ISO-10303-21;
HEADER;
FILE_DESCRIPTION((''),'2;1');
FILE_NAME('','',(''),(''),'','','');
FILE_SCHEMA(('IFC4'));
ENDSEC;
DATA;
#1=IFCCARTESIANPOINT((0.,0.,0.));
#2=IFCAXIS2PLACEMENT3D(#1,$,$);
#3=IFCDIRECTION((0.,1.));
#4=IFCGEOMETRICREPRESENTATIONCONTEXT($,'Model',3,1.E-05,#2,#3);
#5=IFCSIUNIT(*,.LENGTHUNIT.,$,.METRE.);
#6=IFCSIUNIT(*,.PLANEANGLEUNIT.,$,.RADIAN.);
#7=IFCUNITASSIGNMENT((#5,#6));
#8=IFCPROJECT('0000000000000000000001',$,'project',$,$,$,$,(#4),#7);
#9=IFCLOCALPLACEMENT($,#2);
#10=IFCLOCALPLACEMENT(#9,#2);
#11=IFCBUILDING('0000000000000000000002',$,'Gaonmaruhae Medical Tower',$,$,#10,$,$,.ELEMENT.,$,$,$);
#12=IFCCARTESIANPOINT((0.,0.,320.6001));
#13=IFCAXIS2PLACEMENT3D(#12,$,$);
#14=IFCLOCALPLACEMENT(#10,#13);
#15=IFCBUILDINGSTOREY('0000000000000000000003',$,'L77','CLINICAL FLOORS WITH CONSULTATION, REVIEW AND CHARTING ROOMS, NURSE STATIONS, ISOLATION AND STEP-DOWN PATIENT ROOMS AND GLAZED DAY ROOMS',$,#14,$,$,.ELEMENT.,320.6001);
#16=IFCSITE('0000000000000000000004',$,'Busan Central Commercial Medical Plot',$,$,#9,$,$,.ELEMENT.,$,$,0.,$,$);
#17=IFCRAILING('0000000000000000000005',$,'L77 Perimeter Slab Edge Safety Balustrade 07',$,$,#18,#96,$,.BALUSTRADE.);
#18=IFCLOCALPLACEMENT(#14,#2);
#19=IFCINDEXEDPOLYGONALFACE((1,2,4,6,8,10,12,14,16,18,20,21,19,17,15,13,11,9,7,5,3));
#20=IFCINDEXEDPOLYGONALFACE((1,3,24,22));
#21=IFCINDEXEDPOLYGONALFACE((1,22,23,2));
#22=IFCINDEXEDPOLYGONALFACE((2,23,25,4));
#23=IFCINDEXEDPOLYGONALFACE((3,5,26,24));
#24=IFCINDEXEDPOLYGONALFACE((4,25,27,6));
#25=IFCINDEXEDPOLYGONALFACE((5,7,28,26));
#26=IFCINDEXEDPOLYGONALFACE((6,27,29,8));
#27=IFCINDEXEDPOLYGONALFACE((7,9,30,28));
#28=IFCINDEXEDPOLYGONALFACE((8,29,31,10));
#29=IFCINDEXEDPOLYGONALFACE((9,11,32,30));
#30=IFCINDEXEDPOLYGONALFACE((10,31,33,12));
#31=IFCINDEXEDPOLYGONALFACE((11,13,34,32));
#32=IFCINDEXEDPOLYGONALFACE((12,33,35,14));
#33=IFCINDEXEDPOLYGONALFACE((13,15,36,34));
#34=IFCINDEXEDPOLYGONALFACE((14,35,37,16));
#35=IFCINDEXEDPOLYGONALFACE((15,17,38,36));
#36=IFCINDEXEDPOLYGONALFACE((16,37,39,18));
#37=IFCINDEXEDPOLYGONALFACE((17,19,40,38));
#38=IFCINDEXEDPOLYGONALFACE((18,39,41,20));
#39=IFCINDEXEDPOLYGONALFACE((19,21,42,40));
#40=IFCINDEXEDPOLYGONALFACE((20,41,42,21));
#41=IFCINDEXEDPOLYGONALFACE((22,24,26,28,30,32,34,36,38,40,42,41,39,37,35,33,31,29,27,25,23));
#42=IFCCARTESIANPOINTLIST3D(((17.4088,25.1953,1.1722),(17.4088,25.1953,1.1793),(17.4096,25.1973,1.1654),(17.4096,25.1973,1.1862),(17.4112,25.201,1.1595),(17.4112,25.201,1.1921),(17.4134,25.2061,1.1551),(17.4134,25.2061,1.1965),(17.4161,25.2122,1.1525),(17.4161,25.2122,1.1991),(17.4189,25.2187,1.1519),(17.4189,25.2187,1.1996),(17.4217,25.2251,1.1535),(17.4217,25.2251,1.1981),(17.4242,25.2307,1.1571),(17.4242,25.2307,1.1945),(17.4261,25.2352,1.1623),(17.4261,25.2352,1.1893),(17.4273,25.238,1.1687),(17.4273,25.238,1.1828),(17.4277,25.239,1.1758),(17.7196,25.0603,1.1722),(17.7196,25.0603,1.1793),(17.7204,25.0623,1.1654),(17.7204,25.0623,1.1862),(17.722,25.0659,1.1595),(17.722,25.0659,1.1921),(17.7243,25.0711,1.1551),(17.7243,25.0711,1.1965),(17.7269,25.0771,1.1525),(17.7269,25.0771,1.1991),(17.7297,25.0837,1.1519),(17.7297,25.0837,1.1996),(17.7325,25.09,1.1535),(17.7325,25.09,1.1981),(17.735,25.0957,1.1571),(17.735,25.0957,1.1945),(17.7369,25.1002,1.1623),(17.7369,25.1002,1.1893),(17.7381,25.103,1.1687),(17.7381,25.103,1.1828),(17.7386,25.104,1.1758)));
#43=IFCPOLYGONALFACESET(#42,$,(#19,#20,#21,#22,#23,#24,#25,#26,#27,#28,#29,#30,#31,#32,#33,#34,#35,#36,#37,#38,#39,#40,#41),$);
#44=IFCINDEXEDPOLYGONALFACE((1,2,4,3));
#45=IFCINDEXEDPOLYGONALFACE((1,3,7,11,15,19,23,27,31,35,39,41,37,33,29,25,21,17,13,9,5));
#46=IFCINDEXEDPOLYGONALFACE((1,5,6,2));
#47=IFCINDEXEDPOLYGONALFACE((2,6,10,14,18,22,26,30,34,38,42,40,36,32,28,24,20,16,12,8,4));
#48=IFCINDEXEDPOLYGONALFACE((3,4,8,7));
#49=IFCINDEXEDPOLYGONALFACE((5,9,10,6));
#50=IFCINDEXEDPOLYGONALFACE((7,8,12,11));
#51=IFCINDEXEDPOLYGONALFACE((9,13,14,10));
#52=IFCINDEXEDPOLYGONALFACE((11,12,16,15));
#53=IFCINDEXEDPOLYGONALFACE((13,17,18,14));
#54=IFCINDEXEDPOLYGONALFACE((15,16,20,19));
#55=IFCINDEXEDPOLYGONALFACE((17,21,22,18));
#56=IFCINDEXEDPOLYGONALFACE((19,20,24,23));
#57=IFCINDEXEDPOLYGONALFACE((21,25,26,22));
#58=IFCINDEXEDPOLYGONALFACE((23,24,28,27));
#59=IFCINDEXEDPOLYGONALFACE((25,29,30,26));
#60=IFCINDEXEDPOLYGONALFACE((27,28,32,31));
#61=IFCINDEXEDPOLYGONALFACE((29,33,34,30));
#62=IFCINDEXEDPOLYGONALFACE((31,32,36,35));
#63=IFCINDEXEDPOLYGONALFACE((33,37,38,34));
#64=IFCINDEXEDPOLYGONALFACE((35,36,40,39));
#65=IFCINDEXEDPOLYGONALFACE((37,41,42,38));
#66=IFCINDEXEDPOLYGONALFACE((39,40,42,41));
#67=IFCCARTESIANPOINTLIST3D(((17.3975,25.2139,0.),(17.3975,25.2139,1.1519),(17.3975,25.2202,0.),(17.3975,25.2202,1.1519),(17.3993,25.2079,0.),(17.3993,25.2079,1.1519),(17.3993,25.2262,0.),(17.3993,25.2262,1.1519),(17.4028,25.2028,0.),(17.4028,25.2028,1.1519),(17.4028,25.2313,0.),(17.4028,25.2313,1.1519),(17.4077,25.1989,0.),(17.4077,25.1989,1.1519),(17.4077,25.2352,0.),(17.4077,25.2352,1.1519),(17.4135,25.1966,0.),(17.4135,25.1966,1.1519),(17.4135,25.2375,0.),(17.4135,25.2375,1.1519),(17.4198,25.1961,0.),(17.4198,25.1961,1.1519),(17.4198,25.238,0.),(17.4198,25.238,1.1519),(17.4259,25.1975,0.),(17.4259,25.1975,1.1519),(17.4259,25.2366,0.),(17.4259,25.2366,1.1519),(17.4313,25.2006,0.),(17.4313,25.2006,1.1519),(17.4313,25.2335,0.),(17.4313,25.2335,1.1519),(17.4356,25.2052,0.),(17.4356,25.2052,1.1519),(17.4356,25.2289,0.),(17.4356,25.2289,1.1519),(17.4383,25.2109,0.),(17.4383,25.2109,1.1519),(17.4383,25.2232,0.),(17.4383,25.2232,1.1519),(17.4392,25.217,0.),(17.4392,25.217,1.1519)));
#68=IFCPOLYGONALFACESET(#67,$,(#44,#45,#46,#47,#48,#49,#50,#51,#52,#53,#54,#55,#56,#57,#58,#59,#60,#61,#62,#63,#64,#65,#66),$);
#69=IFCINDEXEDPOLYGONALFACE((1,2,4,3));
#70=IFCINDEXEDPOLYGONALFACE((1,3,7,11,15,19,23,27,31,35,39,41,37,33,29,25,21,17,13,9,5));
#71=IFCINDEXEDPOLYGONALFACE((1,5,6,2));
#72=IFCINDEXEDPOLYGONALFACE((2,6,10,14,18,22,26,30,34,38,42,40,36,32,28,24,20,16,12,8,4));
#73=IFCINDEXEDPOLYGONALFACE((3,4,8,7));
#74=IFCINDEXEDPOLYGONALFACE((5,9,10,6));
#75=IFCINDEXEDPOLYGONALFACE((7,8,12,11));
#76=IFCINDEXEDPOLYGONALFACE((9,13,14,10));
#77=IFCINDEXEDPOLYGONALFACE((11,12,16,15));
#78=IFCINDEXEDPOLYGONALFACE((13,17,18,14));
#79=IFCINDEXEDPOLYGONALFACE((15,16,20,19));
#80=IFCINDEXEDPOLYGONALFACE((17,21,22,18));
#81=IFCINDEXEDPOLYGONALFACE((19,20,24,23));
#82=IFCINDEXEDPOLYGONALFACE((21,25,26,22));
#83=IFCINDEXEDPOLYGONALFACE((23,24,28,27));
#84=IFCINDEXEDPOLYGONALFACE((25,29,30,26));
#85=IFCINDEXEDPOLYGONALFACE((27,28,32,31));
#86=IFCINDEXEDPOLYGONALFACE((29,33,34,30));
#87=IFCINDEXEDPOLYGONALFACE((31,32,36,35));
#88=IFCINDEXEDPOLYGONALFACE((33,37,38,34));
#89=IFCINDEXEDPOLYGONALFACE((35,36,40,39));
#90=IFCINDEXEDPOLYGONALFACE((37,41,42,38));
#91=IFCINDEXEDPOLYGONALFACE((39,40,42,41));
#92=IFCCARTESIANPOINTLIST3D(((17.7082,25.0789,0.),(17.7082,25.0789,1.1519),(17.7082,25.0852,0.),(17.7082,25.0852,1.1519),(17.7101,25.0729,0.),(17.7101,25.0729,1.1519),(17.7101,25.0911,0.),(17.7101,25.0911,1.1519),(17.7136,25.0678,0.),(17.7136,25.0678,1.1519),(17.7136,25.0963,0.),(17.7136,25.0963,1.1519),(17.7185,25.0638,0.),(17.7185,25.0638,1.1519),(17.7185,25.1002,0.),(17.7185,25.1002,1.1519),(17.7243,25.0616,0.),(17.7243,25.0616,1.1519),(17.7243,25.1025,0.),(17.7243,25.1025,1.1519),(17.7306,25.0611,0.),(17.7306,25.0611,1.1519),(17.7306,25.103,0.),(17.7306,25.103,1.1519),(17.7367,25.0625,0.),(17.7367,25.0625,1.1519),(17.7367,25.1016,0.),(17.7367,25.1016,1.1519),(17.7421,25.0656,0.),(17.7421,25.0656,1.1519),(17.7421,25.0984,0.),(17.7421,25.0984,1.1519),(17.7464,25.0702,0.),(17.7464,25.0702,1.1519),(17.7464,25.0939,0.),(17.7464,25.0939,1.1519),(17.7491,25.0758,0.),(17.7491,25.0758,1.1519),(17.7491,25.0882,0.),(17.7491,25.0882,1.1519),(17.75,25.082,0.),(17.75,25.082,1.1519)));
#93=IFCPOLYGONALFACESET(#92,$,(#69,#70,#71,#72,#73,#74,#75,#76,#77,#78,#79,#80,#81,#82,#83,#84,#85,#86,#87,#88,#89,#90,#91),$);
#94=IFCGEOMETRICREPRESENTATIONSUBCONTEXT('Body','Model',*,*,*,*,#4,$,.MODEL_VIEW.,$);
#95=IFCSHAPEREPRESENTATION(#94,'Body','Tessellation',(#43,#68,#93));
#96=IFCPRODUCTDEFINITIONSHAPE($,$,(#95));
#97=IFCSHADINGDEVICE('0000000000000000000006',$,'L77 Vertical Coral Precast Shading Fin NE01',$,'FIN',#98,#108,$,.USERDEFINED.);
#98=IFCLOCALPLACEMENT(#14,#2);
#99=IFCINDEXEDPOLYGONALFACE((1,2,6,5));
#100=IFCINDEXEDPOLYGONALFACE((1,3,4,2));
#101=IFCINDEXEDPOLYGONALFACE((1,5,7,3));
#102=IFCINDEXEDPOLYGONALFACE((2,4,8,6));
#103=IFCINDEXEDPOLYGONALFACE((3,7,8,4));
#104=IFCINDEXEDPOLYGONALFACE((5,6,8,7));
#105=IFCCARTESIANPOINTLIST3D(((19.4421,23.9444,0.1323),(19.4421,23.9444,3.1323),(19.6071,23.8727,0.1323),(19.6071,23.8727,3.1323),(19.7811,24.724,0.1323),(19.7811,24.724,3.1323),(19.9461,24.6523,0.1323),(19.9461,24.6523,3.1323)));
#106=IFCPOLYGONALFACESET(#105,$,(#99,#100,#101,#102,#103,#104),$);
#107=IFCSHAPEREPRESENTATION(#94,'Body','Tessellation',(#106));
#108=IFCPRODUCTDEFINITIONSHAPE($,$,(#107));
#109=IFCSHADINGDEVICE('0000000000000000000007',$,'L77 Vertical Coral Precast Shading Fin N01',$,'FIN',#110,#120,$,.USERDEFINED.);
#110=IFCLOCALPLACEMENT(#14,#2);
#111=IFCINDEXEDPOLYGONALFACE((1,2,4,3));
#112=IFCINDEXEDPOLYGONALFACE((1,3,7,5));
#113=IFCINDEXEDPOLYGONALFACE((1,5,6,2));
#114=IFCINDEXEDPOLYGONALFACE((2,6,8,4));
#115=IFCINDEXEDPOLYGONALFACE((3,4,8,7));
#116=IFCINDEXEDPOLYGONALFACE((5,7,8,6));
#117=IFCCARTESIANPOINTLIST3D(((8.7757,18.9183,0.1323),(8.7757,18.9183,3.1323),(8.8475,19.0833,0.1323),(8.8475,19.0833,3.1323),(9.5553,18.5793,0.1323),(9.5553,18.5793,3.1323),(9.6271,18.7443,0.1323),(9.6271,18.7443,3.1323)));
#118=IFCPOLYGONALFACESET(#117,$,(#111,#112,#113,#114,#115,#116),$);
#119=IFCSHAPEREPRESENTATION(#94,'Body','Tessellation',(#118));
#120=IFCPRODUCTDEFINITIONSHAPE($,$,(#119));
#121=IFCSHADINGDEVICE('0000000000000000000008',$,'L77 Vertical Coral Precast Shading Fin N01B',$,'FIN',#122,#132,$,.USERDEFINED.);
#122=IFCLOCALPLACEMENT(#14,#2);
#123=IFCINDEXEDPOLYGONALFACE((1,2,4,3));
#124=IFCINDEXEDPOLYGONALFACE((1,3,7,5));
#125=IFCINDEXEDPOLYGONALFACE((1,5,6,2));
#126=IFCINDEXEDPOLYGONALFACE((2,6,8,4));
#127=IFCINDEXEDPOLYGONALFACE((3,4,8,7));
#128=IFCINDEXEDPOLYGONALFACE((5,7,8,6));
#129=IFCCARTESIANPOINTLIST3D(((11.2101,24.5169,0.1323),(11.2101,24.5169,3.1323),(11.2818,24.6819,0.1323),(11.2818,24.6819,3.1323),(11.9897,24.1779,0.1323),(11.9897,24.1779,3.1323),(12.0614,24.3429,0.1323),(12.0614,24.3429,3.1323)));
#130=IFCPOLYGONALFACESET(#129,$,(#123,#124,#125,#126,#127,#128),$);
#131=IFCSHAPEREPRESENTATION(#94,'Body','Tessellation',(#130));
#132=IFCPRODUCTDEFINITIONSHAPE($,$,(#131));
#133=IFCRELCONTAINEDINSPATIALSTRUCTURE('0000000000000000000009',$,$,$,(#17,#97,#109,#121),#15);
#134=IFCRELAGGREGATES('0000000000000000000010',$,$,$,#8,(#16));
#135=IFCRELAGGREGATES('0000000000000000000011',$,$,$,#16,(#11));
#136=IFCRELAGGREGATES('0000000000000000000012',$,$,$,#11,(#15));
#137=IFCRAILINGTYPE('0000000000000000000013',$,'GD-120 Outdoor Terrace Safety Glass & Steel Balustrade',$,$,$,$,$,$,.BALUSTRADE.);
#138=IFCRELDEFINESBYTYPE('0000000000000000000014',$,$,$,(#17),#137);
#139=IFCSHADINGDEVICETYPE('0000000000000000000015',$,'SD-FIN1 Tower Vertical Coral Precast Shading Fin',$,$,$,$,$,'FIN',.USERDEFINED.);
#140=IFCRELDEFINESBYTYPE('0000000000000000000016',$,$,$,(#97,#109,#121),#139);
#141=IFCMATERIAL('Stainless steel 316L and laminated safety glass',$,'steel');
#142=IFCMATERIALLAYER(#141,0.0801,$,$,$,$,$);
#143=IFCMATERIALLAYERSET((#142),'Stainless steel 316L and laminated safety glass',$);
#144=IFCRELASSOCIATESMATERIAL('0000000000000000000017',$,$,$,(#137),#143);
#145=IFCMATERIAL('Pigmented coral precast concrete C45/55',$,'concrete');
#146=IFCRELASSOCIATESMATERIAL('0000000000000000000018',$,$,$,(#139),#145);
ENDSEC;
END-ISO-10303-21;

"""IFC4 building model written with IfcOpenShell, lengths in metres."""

from ifc_helpers import new_model, si_unit, direction, frame, origin, origin_2d, place, context, subcontext, project, spatial, rectangle, circle, extrude, material, layer, layer_set, type_object, element, save


model = new_model("IFC4")

# Units and contexts
model_context = context("Model", 3, precision=1e-05, world=origin(), true_north=direction((0.0, 1.0)))
body_context = subcontext(model_context, "Body", "Model", "MODEL_VIEW")
ifc_project = project(units=[si_unit("LENGTHUNIT", "METRE"), si_unit("PLANEANGLEUNIT", "RADIAN")], contexts=[model_context])

# Site, building, storey
site_placement = place(None, origin())
site = spatial("IfcSite", under=ifc_project, at=site_placement, Name="Busan Central Commercial Medical Plot", CompositionType="ELEMENT", RefElevation=0.0)
building_placement = place(site_placement, origin())
building = spatial("IfcBuilding", under=site, at=building_placement, Name="Gaonmaruhae Medical Tower", CompositionType="ELEMENT")
storey_placement = place(building_placement, frame((0.0, 0.0, 320.6001)))
storey = spatial("IfcBuildingStorey", under=building, at=storey_placement, Name="L77", Description="CLINICAL FLOORS WITH CONSULTATION, REVIEW AND CHARTING ROOMS, NURSE STATIONS, ISOLATION AND STEP-DOWN PATIENT ROOMS AND GLAZED DAY ROOMS", CompositionType="ELEMENT", Elevation=320.6001)

# Railing
ifc_material_1 = material(Name="Stainless steel 316L and laminated safety glass", Category="steel")
ifc_layer_1 = layer(ifc_material_1, 0.0801)
ifc_layer_set_1 = layer_set([ifc_layer_1], Name="Stainless steel 316L and laminated safety glass")
railing_type = type_object("IfcRailingType", Name="GD-120 Outdoor Terrace Safety Glass & Steel Balustrade", PredefinedType="BALUSTRADE", material=ifc_layer_set_1)
railing_placement = place(storey_placement, frame((17.4182, 25.217, 0.0)))
element("IfcRailing", 1, at=railing_placement, inside=storey, type_object=railing_type, Name="L77 Perimeter Slab Edge Safety Balustrade 07", PredefinedType="BALUSTRADE", context=body_context, shape_type="SweptSolid", body=[
    extrude(circle(Radius=0.0239, at=origin_2d()), frame((0.0, 0.0, 1.1758), z_axis=(0.917196, -0.398436, 0.0), x_axis=(0.398436, 0.917196, 0.0)), (0.0, 0.0, 1.0), 0.3389),
    extrude(circle(Radius=0.021, at=origin_2d()), origin(), (0.0, 0.0, 1.0), 1.1519),
    extrude(circle(Radius=0.021, at=origin_2d()), frame((0.3108, -0.135, 0.0)), (0.0, 0.0, 1.0), 1.1519),
])

# Shading devices
ifc_material_2 = material(Name="Pigmented coral precast concrete C45/55", Category="concrete")
shading_device_type = type_object("IfcShadingDeviceType", Name="SD-FIN1 Tower Vertical Coral Precast Shading Fin", ElementType="FIN", PredefinedType="USERDEFINED", material=ifc_material_2)
for number, where, z_axis, x_axis, name in (
    (2, (19.6941, 24.2983, 0.1323), (0.0, 0.0, 1.0), (0.91706, -0.398749, 0.0), "L77 Vertical Coral Precast Shading Fin NE01"),
    (3, (9.2014, 18.8313, 0.1323), (0.0, 0.0, 1.0), (0.398749, 0.91706, 0.0), "L77 Vertical Coral Precast Shading Fin N01"),
    (4, (11.6357, 24.4299, 0.1323), (0.0, 0.0, 1.0), (0.398749, 0.91706, 0.0), "L77 Vertical Coral Precast Shading Fin N01B"),
):
    element("IfcShadingDevice", number, at=place(storey_placement, frame(where, z_axis=z_axis, x_axis=x_axis)), inside=storey, type_object=shading_device_type, Name=name, ObjectType="FIN", PredefinedType="USERDEFINED", context=body_context, shape_type="SweptSolid", body=[
        extrude(rectangle(XDim=0.1799, YDim=0.8501, at=origin_2d()), origin(), (0.0, 0.0, 1.0), 3.0),
    ])

save(model, "model.ifc")
